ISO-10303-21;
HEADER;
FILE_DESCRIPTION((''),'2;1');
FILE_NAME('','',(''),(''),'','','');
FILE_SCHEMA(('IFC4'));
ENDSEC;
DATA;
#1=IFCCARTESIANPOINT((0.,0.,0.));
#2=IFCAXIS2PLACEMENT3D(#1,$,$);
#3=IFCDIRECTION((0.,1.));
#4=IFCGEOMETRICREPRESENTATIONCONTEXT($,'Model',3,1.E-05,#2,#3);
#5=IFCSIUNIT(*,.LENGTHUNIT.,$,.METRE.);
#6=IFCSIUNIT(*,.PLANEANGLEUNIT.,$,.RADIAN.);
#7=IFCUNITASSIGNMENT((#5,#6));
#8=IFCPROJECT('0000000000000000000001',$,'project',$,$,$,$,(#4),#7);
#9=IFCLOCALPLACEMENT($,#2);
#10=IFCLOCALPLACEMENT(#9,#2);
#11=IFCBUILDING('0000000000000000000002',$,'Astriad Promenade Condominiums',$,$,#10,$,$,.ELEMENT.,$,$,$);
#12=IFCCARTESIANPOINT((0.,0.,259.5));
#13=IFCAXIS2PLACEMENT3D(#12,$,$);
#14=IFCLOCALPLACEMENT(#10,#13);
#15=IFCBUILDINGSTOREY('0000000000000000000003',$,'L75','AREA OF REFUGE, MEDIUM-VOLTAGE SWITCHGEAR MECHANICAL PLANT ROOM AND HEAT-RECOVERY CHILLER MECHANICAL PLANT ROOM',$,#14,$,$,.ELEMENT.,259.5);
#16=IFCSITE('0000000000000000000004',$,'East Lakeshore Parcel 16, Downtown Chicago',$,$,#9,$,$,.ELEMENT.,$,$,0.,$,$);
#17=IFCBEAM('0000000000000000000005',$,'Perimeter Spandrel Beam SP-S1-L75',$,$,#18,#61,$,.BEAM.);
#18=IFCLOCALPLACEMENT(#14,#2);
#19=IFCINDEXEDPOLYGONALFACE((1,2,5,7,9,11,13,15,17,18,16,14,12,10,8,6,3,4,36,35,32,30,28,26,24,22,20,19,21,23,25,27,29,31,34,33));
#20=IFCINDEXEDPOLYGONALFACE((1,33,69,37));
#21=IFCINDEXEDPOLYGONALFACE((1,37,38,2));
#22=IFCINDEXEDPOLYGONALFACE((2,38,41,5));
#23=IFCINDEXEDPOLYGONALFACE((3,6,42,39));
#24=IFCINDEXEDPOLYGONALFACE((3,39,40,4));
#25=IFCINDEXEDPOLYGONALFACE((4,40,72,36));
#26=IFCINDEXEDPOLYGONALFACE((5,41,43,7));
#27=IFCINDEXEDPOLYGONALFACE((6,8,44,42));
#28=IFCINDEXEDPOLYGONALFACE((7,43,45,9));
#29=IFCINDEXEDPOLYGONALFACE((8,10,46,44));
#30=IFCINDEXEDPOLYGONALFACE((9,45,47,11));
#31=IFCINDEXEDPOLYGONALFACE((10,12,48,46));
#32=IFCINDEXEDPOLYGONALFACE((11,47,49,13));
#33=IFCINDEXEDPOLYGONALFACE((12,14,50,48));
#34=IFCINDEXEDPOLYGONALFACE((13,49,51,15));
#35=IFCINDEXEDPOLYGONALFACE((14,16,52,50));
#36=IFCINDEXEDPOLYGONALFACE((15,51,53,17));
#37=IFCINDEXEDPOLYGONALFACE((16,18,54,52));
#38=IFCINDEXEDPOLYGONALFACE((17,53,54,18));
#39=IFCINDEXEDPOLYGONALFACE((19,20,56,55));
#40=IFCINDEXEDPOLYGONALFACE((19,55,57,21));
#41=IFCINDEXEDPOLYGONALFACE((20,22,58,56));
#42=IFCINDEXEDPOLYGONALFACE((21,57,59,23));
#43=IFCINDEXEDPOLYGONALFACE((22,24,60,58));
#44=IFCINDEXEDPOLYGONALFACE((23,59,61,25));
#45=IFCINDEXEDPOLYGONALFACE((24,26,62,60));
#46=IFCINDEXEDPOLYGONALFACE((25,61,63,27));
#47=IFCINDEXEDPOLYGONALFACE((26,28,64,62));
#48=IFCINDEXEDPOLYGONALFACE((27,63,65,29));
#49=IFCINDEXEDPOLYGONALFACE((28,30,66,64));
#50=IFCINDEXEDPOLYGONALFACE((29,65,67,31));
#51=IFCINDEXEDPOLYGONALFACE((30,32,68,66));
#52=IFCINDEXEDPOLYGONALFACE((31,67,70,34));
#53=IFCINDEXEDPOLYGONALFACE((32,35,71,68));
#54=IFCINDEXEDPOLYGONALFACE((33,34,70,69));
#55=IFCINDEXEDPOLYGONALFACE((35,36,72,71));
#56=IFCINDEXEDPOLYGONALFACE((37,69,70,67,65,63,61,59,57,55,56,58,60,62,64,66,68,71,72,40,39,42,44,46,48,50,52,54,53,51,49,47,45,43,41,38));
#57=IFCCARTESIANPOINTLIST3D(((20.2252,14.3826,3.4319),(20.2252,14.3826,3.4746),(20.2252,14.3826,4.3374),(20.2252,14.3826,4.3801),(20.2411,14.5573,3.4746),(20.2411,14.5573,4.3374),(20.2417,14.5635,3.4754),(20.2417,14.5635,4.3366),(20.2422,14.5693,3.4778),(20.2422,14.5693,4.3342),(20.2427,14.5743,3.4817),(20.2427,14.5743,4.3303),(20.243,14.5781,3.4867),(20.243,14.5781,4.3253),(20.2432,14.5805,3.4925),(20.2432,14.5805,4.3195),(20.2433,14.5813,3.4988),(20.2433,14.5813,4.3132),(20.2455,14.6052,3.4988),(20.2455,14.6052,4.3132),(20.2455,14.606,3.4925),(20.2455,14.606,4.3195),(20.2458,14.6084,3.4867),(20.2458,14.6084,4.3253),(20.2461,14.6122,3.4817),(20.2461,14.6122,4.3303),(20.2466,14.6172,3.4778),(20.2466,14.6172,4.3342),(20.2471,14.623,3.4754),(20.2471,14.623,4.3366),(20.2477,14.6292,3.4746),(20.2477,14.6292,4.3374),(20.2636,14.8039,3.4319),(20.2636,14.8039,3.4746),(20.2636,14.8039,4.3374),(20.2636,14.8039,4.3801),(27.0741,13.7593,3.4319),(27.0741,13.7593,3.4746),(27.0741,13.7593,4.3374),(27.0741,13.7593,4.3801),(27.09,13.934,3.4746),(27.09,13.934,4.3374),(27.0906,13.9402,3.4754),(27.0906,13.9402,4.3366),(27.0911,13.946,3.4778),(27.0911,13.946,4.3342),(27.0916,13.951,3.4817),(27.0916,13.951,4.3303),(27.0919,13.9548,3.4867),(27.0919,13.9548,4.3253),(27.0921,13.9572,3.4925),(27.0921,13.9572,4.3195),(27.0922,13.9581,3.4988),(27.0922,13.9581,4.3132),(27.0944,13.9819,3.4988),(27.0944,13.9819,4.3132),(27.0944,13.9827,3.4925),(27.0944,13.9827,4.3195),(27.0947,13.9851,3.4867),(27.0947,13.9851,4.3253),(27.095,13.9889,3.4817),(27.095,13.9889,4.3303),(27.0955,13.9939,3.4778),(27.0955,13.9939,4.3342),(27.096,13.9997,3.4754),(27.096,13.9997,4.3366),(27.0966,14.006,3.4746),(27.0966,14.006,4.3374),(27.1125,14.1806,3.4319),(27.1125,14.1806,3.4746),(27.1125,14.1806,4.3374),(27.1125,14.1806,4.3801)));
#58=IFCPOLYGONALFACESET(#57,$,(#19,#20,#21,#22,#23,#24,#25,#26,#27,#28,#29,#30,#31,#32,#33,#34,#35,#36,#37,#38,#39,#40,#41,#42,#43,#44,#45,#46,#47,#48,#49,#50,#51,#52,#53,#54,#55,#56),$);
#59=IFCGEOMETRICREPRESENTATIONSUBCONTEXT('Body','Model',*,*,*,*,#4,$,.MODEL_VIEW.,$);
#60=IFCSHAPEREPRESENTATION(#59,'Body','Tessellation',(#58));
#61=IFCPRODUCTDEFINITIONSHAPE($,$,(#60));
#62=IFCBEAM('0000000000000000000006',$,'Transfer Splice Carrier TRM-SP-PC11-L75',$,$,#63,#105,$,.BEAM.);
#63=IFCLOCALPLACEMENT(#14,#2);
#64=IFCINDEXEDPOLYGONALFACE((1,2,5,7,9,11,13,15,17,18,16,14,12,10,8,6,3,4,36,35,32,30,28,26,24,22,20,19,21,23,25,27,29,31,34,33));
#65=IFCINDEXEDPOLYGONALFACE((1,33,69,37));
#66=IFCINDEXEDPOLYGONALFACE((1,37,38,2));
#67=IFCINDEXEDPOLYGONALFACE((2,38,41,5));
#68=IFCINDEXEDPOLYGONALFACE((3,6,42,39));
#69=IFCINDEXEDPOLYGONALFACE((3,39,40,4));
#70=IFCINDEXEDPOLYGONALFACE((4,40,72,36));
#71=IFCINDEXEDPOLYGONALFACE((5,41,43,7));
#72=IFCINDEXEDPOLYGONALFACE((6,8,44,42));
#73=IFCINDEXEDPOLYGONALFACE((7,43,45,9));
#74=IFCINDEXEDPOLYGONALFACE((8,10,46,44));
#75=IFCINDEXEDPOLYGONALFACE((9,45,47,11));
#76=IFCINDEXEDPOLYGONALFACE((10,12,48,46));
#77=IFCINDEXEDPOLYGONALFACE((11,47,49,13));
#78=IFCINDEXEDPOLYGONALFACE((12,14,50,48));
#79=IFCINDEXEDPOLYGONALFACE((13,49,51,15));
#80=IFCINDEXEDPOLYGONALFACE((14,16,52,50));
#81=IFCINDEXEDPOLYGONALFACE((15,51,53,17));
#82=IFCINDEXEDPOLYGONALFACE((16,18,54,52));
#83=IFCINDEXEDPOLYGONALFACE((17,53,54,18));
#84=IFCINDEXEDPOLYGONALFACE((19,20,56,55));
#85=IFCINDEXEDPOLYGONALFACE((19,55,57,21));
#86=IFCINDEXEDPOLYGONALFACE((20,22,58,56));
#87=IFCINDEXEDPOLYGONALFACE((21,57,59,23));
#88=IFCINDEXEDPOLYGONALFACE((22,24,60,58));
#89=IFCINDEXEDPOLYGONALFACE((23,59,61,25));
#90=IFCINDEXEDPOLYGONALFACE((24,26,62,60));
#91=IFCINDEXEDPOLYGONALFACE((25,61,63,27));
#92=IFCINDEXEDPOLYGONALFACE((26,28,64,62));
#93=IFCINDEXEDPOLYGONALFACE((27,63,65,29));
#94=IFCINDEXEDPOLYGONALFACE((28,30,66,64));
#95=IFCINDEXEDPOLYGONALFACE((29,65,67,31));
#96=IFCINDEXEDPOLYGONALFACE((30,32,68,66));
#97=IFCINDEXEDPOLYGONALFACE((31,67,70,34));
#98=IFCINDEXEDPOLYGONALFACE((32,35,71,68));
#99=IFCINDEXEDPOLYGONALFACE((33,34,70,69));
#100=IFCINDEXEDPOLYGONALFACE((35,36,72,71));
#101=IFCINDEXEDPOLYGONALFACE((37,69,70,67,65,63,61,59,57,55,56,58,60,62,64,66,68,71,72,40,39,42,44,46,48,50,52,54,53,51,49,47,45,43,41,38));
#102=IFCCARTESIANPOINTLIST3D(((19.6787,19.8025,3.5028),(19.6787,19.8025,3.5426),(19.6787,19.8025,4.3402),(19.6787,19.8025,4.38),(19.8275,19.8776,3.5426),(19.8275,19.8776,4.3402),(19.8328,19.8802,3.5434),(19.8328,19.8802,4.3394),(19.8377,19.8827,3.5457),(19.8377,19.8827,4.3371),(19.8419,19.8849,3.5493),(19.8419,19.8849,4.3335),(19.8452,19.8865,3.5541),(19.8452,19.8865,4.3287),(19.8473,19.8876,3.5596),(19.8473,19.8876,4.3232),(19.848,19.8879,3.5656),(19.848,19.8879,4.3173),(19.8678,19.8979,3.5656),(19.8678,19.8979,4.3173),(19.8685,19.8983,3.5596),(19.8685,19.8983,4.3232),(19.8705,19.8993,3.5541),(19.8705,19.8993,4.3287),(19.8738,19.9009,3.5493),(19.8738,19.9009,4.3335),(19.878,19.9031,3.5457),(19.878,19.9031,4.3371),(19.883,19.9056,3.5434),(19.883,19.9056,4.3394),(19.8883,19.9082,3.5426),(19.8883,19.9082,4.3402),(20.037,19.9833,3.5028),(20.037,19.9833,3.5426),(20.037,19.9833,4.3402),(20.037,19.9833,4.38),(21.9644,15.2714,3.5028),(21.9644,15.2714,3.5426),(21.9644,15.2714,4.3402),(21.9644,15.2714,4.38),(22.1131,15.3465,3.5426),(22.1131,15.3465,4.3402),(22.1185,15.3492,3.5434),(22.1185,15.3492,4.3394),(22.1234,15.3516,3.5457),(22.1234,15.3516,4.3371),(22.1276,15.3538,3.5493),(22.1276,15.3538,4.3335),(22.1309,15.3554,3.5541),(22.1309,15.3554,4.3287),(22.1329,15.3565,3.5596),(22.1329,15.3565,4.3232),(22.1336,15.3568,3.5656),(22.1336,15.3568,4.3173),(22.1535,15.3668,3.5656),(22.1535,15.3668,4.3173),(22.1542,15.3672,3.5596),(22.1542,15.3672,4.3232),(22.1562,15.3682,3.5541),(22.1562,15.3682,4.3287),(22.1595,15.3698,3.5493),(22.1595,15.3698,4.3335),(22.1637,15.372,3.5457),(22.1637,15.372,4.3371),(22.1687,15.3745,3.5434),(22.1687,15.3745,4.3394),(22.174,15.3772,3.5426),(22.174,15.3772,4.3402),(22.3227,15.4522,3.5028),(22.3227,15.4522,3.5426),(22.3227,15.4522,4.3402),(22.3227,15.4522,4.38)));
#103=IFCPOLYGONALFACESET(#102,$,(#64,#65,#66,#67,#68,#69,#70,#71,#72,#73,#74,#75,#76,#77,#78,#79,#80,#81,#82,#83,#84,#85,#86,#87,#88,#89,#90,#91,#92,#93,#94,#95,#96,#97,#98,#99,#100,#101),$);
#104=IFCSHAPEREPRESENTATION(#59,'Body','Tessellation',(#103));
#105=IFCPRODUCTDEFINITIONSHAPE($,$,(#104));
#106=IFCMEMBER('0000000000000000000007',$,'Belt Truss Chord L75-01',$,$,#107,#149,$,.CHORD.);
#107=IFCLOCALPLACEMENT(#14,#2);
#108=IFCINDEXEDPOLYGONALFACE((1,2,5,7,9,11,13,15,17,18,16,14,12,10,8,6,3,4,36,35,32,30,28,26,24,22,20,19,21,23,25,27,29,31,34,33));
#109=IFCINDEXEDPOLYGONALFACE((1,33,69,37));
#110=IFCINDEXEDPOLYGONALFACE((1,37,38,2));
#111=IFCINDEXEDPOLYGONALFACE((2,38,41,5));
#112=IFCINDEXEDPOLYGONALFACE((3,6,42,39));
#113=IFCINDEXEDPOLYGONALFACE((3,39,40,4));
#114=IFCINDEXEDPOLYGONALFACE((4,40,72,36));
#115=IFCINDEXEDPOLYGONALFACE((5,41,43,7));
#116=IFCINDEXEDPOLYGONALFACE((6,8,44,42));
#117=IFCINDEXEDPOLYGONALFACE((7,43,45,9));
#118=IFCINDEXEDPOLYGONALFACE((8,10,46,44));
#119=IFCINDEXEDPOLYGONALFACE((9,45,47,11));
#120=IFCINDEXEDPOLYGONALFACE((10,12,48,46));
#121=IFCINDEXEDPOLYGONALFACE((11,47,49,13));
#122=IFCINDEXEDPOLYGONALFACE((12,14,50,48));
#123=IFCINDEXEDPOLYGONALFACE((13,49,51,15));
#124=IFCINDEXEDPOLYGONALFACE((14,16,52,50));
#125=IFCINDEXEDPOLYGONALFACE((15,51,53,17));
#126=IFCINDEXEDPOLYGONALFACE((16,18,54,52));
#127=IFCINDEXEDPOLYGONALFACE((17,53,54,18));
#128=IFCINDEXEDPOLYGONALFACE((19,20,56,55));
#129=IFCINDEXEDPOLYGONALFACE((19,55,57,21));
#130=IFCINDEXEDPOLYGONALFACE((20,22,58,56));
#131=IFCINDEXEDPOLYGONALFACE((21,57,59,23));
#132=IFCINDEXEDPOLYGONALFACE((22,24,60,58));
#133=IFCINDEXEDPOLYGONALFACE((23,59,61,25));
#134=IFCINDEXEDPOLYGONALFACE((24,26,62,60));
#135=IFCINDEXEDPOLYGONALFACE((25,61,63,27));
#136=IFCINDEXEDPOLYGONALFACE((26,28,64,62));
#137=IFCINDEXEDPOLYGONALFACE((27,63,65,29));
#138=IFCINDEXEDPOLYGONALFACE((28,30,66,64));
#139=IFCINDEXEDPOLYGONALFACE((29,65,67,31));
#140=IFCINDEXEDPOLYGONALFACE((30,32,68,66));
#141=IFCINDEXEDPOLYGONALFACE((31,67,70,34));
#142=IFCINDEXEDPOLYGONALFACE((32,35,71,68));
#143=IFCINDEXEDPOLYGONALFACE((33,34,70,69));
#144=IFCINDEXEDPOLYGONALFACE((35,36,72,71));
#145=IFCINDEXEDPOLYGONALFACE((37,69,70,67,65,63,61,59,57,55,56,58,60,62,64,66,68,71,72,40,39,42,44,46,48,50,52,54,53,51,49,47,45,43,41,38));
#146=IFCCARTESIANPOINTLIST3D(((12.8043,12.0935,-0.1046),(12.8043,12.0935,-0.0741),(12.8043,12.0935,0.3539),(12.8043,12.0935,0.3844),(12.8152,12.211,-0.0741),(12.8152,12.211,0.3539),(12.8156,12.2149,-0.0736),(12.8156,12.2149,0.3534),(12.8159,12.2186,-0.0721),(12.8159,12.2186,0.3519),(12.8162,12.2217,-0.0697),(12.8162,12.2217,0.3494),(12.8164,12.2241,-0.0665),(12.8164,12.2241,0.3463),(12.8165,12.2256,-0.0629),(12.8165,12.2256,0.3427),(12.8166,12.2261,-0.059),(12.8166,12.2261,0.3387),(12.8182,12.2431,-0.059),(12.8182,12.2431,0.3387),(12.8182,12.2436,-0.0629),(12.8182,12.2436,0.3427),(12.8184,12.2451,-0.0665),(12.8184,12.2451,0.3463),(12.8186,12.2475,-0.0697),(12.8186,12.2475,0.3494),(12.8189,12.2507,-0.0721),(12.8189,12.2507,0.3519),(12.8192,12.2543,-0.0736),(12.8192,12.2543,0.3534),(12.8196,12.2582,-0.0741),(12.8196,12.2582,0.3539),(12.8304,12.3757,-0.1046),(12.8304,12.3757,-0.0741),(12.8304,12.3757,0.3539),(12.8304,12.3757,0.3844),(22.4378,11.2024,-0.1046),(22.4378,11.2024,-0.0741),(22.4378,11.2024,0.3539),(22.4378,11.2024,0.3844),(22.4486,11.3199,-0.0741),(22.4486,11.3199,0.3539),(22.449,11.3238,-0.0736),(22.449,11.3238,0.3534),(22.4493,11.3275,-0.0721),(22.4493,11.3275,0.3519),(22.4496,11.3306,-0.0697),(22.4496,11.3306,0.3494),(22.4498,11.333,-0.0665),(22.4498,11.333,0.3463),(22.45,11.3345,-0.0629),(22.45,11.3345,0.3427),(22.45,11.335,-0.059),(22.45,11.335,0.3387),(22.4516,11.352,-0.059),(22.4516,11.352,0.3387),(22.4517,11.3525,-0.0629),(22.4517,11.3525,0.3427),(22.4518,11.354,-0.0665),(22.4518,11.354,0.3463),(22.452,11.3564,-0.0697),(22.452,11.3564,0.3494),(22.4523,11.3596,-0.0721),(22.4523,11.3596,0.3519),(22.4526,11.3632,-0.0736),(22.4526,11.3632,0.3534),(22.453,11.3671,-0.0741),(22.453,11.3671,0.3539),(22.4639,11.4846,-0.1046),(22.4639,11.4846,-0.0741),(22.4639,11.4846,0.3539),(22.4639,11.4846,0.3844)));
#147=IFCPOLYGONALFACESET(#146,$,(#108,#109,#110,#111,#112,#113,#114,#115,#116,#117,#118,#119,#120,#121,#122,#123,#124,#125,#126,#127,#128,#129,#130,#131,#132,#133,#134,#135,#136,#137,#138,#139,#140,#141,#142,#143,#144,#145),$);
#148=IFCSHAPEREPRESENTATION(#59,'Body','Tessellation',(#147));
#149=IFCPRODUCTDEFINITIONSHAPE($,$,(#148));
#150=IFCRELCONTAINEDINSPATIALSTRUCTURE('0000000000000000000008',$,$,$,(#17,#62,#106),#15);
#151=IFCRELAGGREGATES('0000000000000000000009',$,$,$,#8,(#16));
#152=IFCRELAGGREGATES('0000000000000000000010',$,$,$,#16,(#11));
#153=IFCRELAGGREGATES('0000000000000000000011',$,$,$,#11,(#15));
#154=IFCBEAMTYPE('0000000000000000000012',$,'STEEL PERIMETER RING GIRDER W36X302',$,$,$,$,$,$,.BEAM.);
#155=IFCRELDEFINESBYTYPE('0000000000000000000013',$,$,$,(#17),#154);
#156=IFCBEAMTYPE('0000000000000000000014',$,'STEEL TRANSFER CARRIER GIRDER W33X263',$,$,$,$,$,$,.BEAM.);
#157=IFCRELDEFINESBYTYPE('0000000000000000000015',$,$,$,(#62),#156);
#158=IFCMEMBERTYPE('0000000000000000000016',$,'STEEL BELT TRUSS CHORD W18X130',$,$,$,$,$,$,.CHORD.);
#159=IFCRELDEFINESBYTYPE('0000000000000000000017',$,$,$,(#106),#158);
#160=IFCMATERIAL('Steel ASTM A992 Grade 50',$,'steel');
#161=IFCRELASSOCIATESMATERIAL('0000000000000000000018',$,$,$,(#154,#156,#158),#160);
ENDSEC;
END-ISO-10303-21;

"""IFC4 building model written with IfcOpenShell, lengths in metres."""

from ifc_helpers import new_model, si_unit, direction, frame, origin, origin_2d, place, context, subcontext, project, spatial, i_section, extrude, source, transform, mapped, material, material_profile, profile_set, type_object, type_shapes, element, save


model = new_model("IFC4")

# Units and contexts
model_context = context("Model", 3, precision=1e-05, world=origin(), true_north=direction((0.0, 1.0)))
body_context = subcontext(model_context, "Body", "Model", "MODEL_VIEW")
ifc_project = project(units=[si_unit("LENGTHUNIT", "METRE"), si_unit("PLANEANGLEUNIT", "RADIAN")], contexts=[model_context])

# Site, building, storey
site_placement = place(None, origin())
site = spatial("IfcSite", under=ifc_project, at=site_placement, Name="East Lakeshore Parcel 16, Downtown Chicago", CompositionType="ELEMENT", RefElevation=0.0)
building_placement = place(site_placement, origin())
building = spatial("IfcBuilding", under=site, at=building_placement, Name="Astriad Promenade Condominiums", CompositionType="ELEMENT")
storey_placement = place(building_placement, frame((0.0, 0.0, 259.5)))
storey = spatial("IfcBuildingStorey", under=building, at=storey_placement, Name="L75", Description="AREA OF REFUGE, MEDIUM-VOLTAGE SWITCHGEAR MECHANICAL PLANT ROOM AND HEAT-RECOVERY CHILLER MECHANICAL PLANT ROOM", CompositionType="ELEMENT", Elevation=259.5)

# Shared definitions
ifc_material_1 = material(Name="Steel ASTM A992 Grade 50", Category="steel")

# Beams
ifc_material_profile_1 = material_profile(ifc_material_1, i_section(OverallWidth=0.4231, OverallDepth=0.9482, WebThickness=0.0239, FlangeThickness=0.0427, FilletRadius=0.0242, at=origin_2d()), Name="W36X302")
ifc_profile_set_1 = profile_set([ifc_material_profile_1], Name="Steel ASTM A992 Grade 50")
beam_type_1 = type_object("IfcBeamType", Name="STEEL PERIMETER RING GIRDER W36X302", PredefinedType="BEAM", material=ifc_profile_set_1)
shared_shape_1 = source(origin(), body_context, "Body", "SweptSolid", [
    extrude(i_section(OverallWidth=0.4231, OverallDepth=0.9482, WebThickness=0.0239, FlangeThickness=0.0427, FilletRadius=0.0242, at=origin_2d()), origin(), (0.0, 0.0, 1.0), 6.8772),
])
type_shapes(beam_type_1, [shared_shape_1])
beam_1_placement = place(storey_placement, frame((20.2444, 14.5933, 3.906), z_axis=(0.995884, -0.090632, 0.0), x_axis=(0.090632, 0.995884, 0.0)))
element("IfcBeam", 1, at=beam_1_placement, inside=storey, type_object=beam_type_1, Name="Perimeter Spandrel Beam SP-S1-L75", PredefinedType="BEAM", context=body_context, shape_type="MappedRepresentation", body=[
    mapped(shared_shape_1, transform((0.0, 0.0, 0.0), scale=1.0)),
])
ifc_material_profile_2 = material_profile(ifc_material_1, i_section(OverallWidth=0.4014, OverallDepth=0.8772, WebThickness=0.0222, FlangeThickness=0.0398, FilletRadius=0.0229, at=origin_2d()), Name="W33X263")
ifc_profile_set_2 = profile_set([ifc_material_profile_2], Name="Steel ASTM A992 Grade 50")
beam_type_2 = type_object("IfcBeamType", Name="STEEL TRANSFER CARRIER GIRDER W33X263", PredefinedType="BEAM", material=ifc_profile_set_2)
shared_shape_2 = source(origin(), body_context, "Body", "SweptSolid", [
    extrude(i_section(OverallWidth=0.4014, OverallDepth=0.8772, WebThickness=0.0222, FlangeThickness=0.0398, FilletRadius=0.0229, at=origin_2d()), origin(), (0.0, 0.0, 1.0), 5.075),
])
type_shapes(beam_type_2, [shared_shape_2])
beam_2_placement = place(storey_placement, frame((22.1436, 15.3618, 3.9414), z_axis=(-0.450386, 0.892834, 0.0), x_axis=(-0.892834, -0.450386, 0.0)))
element("IfcBeam", 2, at=beam_2_placement, inside=storey, type_object=beam_type_2, Name="Transfer Splice Carrier TRM-SP-PC11-L75", PredefinedType="BEAM", context=body_context, shape_type="MappedRepresentation", body=[
    mapped(shared_shape_2, transform((0.0, 0.0, 0.0), scale=1.0)),
])

# Member
ifc_material_profile_3 = material_profile(ifc_material_1, i_section(OverallWidth=0.2834, OverallDepth=0.489, WebThickness=0.0171, FlangeThickness=0.0305, FilletRadius=0.0151, at=origin_2d()), Name="W18X130")
ifc_profile_set_3 = profile_set([ifc_material_profile_3], Name="Steel ASTM A992 Grade 50")
member_type_1 = type_object("IfcMemberType", Name="STEEL BELT TRUSS CHORD W18X130", PredefinedType="CHORD", material=ifc_profile_set_3)
shared_shape_3 = source(origin(), body_context, "Body", "SweptSolid", [
    extrude(i_section(OverallWidth=0.2834, OverallDepth=0.489, WebThickness=0.0171, FlangeThickness=0.0305, FilletRadius=0.0151, at=origin_2d()), origin(), (0.0, 0.0, 1.0), 9.6746),
])
member_1_placement = place(storey_placement, frame((12.8174, 12.2346, 0.1399), z_axis=(0.995749, -0.092108, 0.0), x_axis=(0.092108, 0.995749, 0.0)))
element("IfcMember", 3, at=member_1_placement, inside=storey, type_object=member_type_1, Name="Belt Truss Chord L75-01", PredefinedType="CHORD", context=body_context, shape_type="MappedRepresentation", body=[
    mapped(shared_shape_3, transform((0.0, 0.0, 0.0), scale=1.0)),
])

save(model, "model.ifc")
